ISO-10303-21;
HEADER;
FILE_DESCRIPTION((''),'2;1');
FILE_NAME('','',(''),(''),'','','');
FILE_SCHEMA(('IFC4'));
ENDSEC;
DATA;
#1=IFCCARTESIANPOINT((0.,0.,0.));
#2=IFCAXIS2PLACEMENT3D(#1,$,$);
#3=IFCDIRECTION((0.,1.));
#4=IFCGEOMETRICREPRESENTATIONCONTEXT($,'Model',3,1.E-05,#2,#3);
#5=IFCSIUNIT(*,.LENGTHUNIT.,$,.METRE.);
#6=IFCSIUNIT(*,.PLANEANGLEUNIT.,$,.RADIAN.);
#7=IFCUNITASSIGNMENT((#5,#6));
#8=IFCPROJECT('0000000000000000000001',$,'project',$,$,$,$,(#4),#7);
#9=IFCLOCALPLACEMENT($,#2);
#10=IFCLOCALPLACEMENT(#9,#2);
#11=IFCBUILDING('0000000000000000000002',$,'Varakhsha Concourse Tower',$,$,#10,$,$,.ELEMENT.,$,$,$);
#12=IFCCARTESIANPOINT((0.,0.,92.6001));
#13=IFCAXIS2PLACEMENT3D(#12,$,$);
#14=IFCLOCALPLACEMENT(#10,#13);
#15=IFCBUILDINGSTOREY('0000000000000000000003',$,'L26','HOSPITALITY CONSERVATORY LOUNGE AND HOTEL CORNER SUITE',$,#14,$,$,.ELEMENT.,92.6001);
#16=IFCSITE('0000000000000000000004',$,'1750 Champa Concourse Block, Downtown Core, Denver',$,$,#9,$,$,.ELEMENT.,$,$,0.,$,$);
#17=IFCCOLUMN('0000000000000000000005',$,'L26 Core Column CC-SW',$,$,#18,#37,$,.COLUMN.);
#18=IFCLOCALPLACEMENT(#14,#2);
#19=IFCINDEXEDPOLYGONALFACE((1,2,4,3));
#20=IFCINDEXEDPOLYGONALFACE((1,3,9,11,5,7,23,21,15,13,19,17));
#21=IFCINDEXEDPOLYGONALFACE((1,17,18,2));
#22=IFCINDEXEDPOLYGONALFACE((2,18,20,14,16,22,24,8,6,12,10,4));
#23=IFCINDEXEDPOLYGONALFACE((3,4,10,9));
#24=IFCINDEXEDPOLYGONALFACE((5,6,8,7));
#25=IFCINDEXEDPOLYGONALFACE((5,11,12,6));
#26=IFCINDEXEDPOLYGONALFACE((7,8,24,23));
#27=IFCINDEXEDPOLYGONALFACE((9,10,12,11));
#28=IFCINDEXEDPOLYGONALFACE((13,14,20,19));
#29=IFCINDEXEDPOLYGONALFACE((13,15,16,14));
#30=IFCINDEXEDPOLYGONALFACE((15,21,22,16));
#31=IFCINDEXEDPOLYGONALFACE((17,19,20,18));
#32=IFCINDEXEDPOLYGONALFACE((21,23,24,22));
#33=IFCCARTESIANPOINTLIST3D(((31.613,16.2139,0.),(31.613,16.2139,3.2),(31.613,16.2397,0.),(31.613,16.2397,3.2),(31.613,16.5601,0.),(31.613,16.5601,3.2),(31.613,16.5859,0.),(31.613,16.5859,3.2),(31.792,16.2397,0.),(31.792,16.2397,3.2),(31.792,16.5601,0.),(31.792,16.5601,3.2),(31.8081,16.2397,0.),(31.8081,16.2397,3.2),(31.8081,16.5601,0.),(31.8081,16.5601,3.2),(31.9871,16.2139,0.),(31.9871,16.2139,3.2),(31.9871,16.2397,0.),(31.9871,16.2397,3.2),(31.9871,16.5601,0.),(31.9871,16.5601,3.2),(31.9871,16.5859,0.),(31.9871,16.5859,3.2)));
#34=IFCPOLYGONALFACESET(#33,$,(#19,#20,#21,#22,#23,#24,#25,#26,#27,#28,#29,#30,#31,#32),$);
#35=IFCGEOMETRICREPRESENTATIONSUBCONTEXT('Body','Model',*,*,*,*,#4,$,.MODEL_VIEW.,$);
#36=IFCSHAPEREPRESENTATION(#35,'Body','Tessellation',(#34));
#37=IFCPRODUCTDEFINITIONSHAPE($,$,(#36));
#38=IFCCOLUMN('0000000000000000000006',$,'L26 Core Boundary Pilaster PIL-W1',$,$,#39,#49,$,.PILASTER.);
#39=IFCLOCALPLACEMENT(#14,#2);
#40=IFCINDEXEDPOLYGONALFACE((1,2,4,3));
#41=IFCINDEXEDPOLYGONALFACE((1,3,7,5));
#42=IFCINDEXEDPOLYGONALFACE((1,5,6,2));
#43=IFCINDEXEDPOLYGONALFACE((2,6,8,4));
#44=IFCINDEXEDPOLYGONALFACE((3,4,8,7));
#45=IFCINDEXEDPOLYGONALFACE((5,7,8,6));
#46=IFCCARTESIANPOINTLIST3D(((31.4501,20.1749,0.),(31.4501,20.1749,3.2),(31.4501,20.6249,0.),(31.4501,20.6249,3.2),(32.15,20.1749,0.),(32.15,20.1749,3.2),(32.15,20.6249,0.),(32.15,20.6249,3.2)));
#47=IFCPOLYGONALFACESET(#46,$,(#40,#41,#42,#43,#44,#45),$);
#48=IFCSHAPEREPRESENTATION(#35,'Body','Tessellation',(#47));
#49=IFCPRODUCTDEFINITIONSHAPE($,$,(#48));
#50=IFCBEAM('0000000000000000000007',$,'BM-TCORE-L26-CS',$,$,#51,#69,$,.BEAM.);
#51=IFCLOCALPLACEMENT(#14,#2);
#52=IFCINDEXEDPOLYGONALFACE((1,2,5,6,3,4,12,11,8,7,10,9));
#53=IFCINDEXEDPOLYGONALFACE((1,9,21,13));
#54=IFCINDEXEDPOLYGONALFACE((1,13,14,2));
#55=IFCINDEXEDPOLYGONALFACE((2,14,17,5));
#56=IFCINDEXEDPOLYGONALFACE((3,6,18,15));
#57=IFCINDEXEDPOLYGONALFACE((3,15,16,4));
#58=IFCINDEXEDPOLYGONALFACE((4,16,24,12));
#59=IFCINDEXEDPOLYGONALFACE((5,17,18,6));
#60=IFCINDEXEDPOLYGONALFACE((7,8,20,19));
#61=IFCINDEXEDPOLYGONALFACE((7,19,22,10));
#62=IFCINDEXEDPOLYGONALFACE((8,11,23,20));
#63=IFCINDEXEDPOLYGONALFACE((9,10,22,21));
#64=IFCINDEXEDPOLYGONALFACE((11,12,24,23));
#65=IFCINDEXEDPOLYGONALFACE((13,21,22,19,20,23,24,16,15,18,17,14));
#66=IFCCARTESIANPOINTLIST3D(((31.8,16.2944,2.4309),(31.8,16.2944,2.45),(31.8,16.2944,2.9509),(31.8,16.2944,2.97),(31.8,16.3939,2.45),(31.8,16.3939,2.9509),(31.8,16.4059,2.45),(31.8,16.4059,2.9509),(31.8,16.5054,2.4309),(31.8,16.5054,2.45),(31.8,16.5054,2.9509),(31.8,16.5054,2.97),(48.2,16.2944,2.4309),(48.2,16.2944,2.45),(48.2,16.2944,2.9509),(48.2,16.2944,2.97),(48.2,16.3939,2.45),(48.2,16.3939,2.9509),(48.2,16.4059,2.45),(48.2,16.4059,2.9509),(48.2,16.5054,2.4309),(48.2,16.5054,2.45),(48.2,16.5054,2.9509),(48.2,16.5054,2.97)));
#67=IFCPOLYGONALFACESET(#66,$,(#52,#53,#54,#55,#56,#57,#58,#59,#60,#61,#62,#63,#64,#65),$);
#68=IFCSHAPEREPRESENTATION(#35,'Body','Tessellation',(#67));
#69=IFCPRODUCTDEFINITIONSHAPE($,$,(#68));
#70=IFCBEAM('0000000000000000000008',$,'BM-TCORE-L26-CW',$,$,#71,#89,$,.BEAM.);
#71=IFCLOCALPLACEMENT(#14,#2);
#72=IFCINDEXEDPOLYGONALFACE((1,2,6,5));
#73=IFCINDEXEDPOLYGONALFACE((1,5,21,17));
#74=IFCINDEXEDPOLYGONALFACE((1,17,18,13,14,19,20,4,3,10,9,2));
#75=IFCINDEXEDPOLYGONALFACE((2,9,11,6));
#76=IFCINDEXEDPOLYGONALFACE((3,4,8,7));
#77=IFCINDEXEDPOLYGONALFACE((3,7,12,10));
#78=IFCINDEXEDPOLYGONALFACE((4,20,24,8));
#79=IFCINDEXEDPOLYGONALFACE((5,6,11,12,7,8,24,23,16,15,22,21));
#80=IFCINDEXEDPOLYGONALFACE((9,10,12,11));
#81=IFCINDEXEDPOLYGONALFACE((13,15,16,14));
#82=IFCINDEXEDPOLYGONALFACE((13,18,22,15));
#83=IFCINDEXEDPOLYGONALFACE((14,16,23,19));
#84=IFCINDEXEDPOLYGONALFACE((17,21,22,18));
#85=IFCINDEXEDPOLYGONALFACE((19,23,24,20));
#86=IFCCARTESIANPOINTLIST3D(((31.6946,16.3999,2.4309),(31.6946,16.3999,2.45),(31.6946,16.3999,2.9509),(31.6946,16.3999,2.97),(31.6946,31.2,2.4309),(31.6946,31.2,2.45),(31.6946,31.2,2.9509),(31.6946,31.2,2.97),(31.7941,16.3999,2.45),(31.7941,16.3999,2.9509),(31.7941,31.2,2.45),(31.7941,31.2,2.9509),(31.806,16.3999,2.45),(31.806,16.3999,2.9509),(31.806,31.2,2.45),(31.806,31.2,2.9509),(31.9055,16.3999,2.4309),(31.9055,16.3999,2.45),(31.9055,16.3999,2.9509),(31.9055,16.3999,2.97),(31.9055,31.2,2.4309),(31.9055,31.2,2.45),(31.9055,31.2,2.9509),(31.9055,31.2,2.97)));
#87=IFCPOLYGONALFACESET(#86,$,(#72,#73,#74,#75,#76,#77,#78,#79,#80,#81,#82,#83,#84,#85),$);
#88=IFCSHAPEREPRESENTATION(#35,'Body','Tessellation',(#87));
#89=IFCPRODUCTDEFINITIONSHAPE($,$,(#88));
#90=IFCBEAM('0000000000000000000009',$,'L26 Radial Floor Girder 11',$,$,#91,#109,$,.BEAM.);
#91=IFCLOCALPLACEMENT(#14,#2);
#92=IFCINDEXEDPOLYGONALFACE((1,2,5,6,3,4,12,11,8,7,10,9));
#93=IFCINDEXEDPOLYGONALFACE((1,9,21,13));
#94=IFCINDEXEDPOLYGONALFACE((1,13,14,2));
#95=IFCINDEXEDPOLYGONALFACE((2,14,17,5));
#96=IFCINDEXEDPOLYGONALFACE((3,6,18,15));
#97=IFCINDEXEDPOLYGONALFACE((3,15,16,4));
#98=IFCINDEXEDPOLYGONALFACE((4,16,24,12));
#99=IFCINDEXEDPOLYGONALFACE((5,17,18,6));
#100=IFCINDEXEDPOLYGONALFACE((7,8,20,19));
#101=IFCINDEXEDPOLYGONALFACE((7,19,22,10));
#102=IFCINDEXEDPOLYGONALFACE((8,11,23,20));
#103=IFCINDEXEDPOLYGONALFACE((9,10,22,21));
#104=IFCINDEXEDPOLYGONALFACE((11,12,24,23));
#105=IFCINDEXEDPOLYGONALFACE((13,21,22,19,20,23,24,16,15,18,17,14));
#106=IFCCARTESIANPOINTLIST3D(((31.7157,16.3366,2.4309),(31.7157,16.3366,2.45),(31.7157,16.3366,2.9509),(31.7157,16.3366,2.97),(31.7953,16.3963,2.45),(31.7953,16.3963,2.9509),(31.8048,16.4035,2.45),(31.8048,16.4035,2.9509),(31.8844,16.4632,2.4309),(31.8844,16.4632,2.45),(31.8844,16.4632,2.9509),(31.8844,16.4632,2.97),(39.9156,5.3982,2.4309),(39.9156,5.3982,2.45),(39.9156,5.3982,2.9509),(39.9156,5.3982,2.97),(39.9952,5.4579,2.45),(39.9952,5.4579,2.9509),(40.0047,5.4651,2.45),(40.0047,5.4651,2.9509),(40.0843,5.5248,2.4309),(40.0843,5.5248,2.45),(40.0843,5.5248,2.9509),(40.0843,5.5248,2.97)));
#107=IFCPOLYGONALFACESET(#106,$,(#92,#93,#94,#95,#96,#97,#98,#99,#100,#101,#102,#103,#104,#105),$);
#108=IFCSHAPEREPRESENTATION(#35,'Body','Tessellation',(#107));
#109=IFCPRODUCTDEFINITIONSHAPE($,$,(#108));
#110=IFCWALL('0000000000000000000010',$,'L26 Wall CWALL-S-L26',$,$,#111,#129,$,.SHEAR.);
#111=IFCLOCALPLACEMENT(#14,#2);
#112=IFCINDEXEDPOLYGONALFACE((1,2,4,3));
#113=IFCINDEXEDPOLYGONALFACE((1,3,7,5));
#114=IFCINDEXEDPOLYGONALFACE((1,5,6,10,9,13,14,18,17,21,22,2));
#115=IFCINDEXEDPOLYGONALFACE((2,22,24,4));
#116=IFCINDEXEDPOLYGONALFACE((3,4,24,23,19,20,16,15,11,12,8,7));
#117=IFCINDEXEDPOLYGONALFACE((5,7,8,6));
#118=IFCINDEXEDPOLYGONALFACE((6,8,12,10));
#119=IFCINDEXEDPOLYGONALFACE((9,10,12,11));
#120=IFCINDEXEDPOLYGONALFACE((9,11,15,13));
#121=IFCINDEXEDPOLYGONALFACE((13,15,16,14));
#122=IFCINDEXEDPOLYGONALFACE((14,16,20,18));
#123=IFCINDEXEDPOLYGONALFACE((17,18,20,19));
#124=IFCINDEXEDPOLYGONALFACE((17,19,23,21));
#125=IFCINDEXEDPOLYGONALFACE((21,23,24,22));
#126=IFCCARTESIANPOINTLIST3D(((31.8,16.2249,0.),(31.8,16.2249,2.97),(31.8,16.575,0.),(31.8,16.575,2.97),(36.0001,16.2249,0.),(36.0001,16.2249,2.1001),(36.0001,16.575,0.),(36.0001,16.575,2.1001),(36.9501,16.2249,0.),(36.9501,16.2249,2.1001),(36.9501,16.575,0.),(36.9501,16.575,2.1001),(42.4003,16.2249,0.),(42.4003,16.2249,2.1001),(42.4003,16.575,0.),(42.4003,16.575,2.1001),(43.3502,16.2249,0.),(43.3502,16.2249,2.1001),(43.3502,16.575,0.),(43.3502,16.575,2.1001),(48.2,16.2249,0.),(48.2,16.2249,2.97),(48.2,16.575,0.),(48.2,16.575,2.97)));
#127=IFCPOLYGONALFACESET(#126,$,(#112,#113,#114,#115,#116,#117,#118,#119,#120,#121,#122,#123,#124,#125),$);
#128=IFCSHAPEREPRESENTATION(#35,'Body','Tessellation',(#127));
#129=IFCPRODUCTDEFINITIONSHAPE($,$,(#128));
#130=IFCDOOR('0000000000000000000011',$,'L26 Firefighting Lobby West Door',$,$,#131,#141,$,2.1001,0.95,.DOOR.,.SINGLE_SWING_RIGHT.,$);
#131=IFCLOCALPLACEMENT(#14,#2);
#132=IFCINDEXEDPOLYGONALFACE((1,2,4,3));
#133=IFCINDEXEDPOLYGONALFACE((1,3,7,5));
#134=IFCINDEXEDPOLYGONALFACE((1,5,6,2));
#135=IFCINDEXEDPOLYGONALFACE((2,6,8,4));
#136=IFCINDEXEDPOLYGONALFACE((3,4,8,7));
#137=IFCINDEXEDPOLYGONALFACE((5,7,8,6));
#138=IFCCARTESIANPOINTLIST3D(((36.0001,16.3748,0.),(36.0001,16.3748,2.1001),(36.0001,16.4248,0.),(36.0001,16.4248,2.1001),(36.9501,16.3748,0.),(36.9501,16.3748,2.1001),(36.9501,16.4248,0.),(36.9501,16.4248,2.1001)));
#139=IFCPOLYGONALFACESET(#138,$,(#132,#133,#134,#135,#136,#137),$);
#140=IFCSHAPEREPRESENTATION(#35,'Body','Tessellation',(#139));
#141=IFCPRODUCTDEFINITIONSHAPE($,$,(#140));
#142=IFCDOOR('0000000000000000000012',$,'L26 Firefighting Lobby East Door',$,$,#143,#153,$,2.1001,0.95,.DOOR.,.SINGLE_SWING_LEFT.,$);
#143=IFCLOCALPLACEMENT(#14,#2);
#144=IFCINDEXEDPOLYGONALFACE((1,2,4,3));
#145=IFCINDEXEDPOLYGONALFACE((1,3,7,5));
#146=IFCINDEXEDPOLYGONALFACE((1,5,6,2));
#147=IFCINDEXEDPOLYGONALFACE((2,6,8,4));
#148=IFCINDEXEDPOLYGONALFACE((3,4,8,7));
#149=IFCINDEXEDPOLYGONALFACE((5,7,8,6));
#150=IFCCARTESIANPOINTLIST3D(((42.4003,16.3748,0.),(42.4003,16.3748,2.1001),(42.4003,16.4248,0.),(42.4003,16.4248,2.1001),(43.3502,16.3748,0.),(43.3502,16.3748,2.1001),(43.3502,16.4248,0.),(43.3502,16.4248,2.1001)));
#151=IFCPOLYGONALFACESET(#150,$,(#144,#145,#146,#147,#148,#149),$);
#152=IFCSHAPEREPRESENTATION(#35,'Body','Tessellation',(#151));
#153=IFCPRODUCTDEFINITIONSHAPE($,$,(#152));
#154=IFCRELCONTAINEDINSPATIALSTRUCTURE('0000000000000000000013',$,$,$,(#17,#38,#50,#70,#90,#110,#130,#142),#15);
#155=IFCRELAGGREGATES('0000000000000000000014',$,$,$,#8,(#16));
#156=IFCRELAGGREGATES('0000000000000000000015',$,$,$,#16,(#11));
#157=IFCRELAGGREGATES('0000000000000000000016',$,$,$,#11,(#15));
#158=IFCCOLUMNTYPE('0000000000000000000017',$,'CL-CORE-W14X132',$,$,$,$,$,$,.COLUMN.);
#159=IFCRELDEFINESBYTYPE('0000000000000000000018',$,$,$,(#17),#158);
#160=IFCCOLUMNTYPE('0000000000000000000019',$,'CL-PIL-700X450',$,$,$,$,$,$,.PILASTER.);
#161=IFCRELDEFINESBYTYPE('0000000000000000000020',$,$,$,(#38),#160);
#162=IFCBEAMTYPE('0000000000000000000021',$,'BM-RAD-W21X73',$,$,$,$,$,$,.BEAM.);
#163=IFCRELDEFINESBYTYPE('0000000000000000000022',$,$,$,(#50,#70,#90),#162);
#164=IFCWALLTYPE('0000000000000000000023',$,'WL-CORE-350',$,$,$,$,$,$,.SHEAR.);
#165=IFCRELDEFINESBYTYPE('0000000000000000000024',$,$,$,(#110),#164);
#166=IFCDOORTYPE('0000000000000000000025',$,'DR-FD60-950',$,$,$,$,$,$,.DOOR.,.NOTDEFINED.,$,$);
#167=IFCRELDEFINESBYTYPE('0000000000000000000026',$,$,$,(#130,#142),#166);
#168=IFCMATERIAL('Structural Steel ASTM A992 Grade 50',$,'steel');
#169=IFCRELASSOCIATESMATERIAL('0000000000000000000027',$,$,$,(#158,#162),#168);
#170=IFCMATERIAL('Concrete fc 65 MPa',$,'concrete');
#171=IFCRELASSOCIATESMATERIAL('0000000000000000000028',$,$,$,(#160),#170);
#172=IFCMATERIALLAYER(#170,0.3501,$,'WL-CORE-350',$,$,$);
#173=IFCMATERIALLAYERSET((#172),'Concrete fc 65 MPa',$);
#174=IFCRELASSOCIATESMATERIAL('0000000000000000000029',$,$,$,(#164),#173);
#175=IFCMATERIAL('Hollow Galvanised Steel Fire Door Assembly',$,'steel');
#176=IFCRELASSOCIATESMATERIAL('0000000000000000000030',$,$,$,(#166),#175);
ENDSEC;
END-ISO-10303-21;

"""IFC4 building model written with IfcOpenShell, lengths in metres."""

from ifc_helpers import new_model, si_unit, direction, frame, frame_2d, origin, origin_2d, place, context, subcontext, project, spatial, rectangle, i_section, extrude, material, layer, layer_set, material_profile, profile_set, type_object, element, fill, save


model = new_model("IFC4")

# Units and contexts
model_context = context("Model", 3, precision=1e-05, world=origin(), true_north=direction((0.0, 1.0)))
body_context = subcontext(model_context, "Body", "Model", "MODEL_VIEW")
ifc_project = project(units=[si_unit("LENGTHUNIT", "METRE"), si_unit("PLANEANGLEUNIT", "RADIAN")], contexts=[model_context])

# Site, building, storey
site_placement = place(None, origin())
site = spatial("IfcSite", under=ifc_project, at=site_placement, Name="1750 Champa Concourse Block, Downtown Core, Denver", CompositionType="ELEMENT", RefElevation=0.0)
building_placement = place(site_placement, origin())
building = spatial("IfcBuilding", under=site, at=building_placement, Name="Varakhsha Concourse Tower", CompositionType="ELEMENT")
storey_placement = place(building_placement, frame((0.0, 0.0, 92.6001)))
storey = spatial("IfcBuildingStorey", under=building, at=storey_placement, Name="L26", Description="HOSPITALITY CONSERVATORY LOUNGE AND HOTEL CORNER SUITE", CompositionType="ELEMENT", Elevation=92.6001)

# Columns
ifc_material_1 = material(Name="Structural Steel ASTM A992 Grade 50", Category="steel")
ifc_material_profile_1 = material_profile(ifc_material_1, i_section(OverallWidth=0.374, OverallDepth=0.3721, WebThickness=0.0161, FlangeThickness=0.0259, at=origin_2d()), Name="W14X132")
ifc_profile_set_1 = profile_set([ifc_material_profile_1], Name="Structural Steel ASTM A992 Grade 50")
column_type_1 = type_object("IfcColumnType", Name="CL-CORE-W14X132", PredefinedType="COLUMN", material=ifc_profile_set_1)
column_1_placement = place(storey_placement, frame((31.8, 16.3999, 0.0), z_axis=(0.0, 0.0, 1.0), x_axis=(1.0, 0.0, 0.0)))
element("IfcColumn", 1, at=column_1_placement, inside=storey, type_object=column_type_1, Name="L26 Core Column CC-SW", PredefinedType="COLUMN", context=body_context, shape_type="SweptSolid", body=[
    extrude(i_section(OverallWidth=0.374, OverallDepth=0.3721, WebThickness=0.0161, FlangeThickness=0.0259, at=origin_2d()), origin(), (0.0, 0.0, 1.0), 3.2),
])
ifc_material_2 = material(Name="Concrete fc 65 MPa", Category="concrete")
ifc_material_profile_2 = material_profile(ifc_material_2, rectangle(XDim=0.7, YDim=0.45, at=origin_2d()), Name="RC 700x450")
ifc_profile_set_2 = profile_set([ifc_material_profile_2], Name="Concrete fc 65 MPa")
column_type_2 = type_object("IfcColumnType", Name="CL-PIL-700X450", PredefinedType="PILASTER", material=ifc_profile_set_2)
column_2_placement = place(storey_placement, frame((31.8, 20.3999, 0.0), z_axis=(0.0, 0.0, 1.0), x_axis=(1.0, 0.0, 0.0)))
element("IfcColumn", 2, at=column_2_placement, inside=storey, type_object=column_type_2, Name="L26 Core Boundary Pilaster PIL-W1", PredefinedType="PILASTER", context=body_context, shape_type="SweptSolid", body=[
    extrude(rectangle(XDim=0.7, YDim=0.45, at=origin_2d()), origin(), (0.0, 0.0, 1.0), 3.2),
])

# Beams
ifc_material_profile_3 = material_profile(ifc_material_1, i_section(OverallWidth=0.2109, OverallDepth=0.5391, WebThickness=0.012, FlangeThickness=0.019, at=origin_2d()), Name="W21X73")
ifc_profile_set_3 = profile_set([ifc_material_profile_3], Name="Structural Steel ASTM A992 Grade 50")
beam_type = type_object("IfcBeamType", Name="BM-RAD-W21X73", PredefinedType="BEAM", material=ifc_profile_set_3)
beam_1_placement = place(storey_placement, frame((31.8, 16.3999, 2.7004), z_axis=(1.0, 0.0, 0.0), x_axis=(0.0, 1.0, 0.0)))
element("IfcBeam", 3, at=beam_1_placement, inside=storey, type_object=beam_type, Name="BM-TCORE-L26-CS", PredefinedType="BEAM", context=body_context, shape_type="SweptSolid", body=[
    extrude(i_section(OverallWidth=0.2109, OverallDepth=0.5391, WebThickness=0.012, FlangeThickness=0.019, at=origin_2d()), origin(), (0.0, 0.0, 1.0), 16.3999),
])
beam_2_placement = place(storey_placement, frame((31.8, 16.3999, 2.7004), z_axis=(0.0, 1.0, 0.0), x_axis=(-1.0, 0.0, 0.0)))
element("IfcBeam", 4, at=beam_2_placement, inside=storey, type_object=beam_type, Name="BM-TCORE-L26-CW", PredefinedType="BEAM", context=body_context, shape_type="SweptSolid", body=[
    extrude(i_section(OverallWidth=0.2109, OverallDepth=0.5391, WebThickness=0.012, FlangeThickness=0.019, at=origin_2d()), origin(), (0.0, 0.0, 1.0), 14.8),
])
beam_3_placement = place(storey_placement, frame((31.8, 16.3999, 2.7004), z_axis=(0.599817, -0.800137, 0.0), x_axis=(0.800137, 0.599817, 0.0)))
element("IfcBeam", 5, at=beam_3_placement, inside=storey, type_object=beam_type, Name="L26 Radial Floor Girder 11", PredefinedType="BEAM", context=body_context, shape_type="SweptSolid", body=[
    extrude(i_section(OverallWidth=0.2109, OverallDepth=0.5391, WebThickness=0.012, FlangeThickness=0.019, at=origin_2d()), origin(), (0.0, 0.0, 1.0), 13.6707),
])

# Wall, openings, doors
ifc_layer_1 = layer(ifc_material_2, 0.3501, Name="WL-CORE-350")
ifc_layer_set_1 = layer_set([ifc_layer_1], Name="Concrete fc 65 MPa")
wall_type_1 = type_object("IfcWallType", Name="WL-CORE-350", PredefinedType="SHEAR", material=ifc_layer_set_1)
wall_1_placement = place(storey_placement, frame((31.8, 16.3999, 0.0), z_axis=(0.0, 0.0, 1.0), x_axis=(1.0, 0.0, 0.0)))
wall_1 = element("IfcWall", 6, at=wall_1_placement, inside=storey, type_object=wall_type_1, Name="L26 Wall CWALL-S-L26", PredefinedType="SHEAR", context=body_context, shape_type="SweptSolid", body=[
    extrude(rectangle(XDim=16.3999, YDim=0.3501, at=frame_2d((8.2, 0.0))), origin(), (0.0, 0.0, 1.0), 2.97),
])
opening_1_placement = place(wall_1_placement, frame((4.2, 0.0, 0.0)))
opening_1 = element("IfcOpeningElement", 7, at=opening_1_placement, cuts=wall_1, PredefinedType="OPENING", context=body_context, shape_type="SweptSolid", body=[
    extrude(rectangle(XDim=0.95, YDim=2.1001, at=frame_2d((0.4751, 1.05))), frame((0.0, 0.1851, 0.0), z_axis=(0.0, -1.0, 0.0), x_axis=(1.0, 0.0, 0.0)), (0.0, 0.0, 1.0), 0.3701),
])
opening_2_placement = place(wall_1_placement, frame((10.6001, 0.0, 0.0)))
opening_2 = element("IfcOpeningElement", 8, at=opening_2_placement, cuts=wall_1, PredefinedType="OPENING", context=body_context, shape_type="SweptSolid", body=[
    extrude(rectangle(XDim=0.95, YDim=2.1001, at=frame_2d((0.4751, 1.05))), frame((0.0, 0.1851, 0.0), z_axis=(0.0, -1.0, 0.0), x_axis=(1.0, 0.0, 0.0)), (0.0, 0.0, 1.0), 0.3701),
])
ifc_material_3 = material(Name="Hollow Galvanised Steel Fire Door Assembly", Category="steel")
door_type_1 = type_object("IfcDoorType", Name="DR-FD60-950", OperationType="NOTDEFINED", PredefinedType="DOOR", material=ifc_material_3)
door_1_placement = place(opening_1_placement, origin())
door_1 = element("IfcDoor", 9, at=door_1_placement, inside=storey, type_object=door_type_1, Name="L26 Firefighting Lobby West Door", OperationType="SINGLE_SWING_RIGHT", OverallHeight=2.1001, OverallWidth=0.95, PredefinedType="DOOR", context=body_context, shape_type="SweptSolid", body=[
    extrude(rectangle(XDim=0.95, YDim=2.1001, at=frame_2d((0.4751, 1.05))), frame((0.0, 0.0249, 0.0), z_axis=(0.0, -1.0, 0.0), x_axis=(1.0, 0.0, 0.0)), (0.0, 0.0, 1.0), 0.05),
])
fill(opening_1, door_1)
door_2_placement = place(opening_2_placement, origin())
door_2 = element("IfcDoor", 10, at=door_2_placement, inside=storey, type_object=door_type_1, Name="L26 Firefighting Lobby East Door", OperationType="SINGLE_SWING_LEFT", OverallHeight=2.1001, OverallWidth=0.95, PredefinedType="DOOR", context=body_context, shape_type="SweptSolid", body=[
    extrude(rectangle(XDim=0.95, YDim=2.1001, at=frame_2d((0.4751, 1.05))), frame((0.0, 0.0249, 0.0), z_axis=(0.0, -1.0, 0.0), x_axis=(1.0, 0.0, 0.0)), (0.0, 0.0, 1.0), 0.05),
])
fill(opening_2, door_2)

save(model, "model.ifc")
